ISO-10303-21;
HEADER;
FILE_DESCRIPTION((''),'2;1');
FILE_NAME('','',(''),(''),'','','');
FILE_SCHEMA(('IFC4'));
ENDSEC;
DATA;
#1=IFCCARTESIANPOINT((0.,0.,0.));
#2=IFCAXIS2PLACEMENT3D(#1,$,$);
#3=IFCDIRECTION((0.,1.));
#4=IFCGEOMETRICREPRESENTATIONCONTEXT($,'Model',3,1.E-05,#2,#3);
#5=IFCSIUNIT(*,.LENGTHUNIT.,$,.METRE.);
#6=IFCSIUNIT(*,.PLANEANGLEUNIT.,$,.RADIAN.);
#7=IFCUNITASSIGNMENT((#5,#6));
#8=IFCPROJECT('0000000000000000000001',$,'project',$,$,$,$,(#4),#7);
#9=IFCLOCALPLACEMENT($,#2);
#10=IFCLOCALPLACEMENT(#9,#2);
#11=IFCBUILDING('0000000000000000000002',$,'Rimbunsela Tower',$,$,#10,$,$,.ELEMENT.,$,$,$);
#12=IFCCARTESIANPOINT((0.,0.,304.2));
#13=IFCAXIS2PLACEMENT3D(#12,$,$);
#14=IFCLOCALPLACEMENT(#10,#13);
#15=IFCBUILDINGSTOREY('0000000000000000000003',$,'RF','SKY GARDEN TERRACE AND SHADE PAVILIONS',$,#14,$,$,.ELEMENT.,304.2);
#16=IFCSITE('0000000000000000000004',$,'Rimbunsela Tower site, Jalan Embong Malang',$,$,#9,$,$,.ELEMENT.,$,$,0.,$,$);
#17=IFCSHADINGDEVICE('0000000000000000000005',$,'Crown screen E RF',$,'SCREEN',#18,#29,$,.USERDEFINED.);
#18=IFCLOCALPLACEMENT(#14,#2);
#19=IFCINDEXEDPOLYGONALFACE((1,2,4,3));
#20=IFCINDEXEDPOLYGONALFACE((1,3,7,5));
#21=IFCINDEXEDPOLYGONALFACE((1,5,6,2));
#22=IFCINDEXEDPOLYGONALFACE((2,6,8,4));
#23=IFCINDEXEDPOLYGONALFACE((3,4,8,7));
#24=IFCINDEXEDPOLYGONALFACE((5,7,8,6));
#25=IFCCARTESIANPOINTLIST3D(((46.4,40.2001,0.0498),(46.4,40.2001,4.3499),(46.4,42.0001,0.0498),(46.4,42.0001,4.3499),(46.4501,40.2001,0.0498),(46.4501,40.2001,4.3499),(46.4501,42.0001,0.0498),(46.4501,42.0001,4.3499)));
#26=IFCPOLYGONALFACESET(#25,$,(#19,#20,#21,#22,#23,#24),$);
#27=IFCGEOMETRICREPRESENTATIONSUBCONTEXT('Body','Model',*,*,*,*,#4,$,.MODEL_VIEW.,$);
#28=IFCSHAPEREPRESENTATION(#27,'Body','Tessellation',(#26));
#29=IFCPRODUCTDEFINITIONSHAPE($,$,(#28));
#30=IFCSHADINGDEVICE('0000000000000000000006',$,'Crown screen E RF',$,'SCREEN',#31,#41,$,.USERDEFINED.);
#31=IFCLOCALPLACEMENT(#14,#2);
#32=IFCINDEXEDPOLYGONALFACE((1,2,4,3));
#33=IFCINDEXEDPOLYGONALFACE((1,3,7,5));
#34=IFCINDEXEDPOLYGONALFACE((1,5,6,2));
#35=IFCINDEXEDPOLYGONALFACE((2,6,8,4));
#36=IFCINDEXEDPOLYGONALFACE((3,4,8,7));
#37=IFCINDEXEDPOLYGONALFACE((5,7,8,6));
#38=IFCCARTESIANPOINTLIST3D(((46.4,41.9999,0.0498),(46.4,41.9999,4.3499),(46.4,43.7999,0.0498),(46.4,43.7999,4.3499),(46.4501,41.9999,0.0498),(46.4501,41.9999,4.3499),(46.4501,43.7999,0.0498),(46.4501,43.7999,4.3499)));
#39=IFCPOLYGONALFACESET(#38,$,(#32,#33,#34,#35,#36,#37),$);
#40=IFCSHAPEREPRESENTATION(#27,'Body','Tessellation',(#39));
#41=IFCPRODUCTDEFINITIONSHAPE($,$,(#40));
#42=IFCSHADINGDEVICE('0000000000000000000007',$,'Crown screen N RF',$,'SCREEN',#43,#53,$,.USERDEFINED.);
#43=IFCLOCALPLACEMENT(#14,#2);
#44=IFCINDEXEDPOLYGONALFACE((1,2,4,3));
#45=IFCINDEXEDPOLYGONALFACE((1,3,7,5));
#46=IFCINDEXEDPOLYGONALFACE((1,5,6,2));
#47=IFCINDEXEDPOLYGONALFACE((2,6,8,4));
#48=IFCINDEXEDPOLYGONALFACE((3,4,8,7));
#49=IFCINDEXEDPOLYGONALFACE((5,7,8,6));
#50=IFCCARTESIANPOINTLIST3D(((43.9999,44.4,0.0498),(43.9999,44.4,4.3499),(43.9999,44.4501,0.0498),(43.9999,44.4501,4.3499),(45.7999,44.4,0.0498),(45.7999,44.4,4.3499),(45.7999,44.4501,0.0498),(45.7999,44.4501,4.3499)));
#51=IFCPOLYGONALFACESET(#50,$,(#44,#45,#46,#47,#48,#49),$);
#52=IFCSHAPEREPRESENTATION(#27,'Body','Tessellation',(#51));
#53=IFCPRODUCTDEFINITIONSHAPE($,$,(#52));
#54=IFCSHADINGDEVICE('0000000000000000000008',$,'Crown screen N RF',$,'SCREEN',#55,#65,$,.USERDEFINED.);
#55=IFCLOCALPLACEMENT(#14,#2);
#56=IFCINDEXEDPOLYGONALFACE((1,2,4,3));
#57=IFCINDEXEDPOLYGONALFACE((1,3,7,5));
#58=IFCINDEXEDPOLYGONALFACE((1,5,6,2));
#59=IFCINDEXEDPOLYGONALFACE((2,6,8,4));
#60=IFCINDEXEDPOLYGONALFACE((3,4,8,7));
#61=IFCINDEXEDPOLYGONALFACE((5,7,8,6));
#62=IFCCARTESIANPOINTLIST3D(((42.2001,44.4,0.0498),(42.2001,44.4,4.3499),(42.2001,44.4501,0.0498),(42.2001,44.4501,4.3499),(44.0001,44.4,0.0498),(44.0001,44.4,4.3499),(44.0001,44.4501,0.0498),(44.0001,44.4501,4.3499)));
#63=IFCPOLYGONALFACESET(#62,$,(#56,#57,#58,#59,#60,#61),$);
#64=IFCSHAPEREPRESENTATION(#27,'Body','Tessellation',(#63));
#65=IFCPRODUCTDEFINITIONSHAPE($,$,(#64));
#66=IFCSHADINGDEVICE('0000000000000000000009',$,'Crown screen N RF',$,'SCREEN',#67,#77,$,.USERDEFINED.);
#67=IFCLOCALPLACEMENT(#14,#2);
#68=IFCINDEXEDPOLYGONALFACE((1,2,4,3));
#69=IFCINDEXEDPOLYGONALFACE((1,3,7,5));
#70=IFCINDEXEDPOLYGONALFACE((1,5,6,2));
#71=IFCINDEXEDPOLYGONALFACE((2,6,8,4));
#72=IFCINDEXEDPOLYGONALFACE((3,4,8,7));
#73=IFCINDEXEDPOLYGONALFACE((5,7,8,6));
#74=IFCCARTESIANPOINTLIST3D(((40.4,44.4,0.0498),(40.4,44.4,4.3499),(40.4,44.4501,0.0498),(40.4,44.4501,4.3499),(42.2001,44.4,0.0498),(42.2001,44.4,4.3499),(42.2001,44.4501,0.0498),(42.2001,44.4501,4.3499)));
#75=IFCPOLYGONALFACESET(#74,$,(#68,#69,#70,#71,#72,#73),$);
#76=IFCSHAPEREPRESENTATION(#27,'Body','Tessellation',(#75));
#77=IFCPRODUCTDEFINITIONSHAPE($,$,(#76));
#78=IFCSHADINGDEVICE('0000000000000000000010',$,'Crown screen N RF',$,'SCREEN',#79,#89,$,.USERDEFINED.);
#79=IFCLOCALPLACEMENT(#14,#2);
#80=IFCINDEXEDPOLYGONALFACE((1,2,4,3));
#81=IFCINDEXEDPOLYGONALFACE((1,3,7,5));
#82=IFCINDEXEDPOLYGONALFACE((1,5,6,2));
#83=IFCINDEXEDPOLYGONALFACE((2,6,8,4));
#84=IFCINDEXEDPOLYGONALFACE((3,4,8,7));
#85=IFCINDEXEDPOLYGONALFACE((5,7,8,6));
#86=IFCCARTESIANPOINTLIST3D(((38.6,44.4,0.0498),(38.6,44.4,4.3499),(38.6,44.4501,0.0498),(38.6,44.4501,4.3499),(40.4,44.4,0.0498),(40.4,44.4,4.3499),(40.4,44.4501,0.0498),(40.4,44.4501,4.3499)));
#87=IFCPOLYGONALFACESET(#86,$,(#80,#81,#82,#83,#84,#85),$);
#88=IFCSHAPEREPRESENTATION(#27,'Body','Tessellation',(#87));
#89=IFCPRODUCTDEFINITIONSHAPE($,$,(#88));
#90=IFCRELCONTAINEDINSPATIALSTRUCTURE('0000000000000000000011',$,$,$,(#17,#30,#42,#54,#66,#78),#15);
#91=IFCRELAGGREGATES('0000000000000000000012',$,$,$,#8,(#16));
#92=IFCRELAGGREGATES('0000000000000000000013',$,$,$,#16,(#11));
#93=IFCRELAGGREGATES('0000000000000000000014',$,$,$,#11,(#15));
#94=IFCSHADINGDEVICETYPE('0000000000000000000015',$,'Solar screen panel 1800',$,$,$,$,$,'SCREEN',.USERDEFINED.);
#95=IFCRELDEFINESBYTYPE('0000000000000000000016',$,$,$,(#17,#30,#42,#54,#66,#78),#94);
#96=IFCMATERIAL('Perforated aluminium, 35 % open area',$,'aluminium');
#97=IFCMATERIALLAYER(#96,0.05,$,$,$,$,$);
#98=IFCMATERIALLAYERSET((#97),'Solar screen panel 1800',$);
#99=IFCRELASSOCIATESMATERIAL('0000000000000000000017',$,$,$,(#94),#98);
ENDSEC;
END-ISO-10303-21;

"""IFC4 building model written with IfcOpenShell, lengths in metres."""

from ifc_helpers import new_model, si_unit, direction, frame, origin, origin_2d, place, context, subcontext, project, spatial, rectangle, extrude, material, layer, layer_set, type_object, element, save


model = new_model("IFC4")

# Units and contexts
model_context = context("Model", 3, precision=1e-05, world=origin(), true_north=direction((0.0, 1.0)))
body_context = subcontext(model_context, "Body", "Model", "MODEL_VIEW")
ifc_project = project(units=[si_unit("LENGTHUNIT", "METRE"), si_unit("PLANEANGLEUNIT", "RADIAN")], contexts=[model_context])

# Site, building, storey
site_placement = place(None, origin())
site = spatial("IfcSite", under=ifc_project, at=site_placement, Name="Rimbunsela Tower site, Jalan Embong Malang", CompositionType="ELEMENT", RefElevation=0.0)
building_placement = place(site_placement, origin())
building = spatial("IfcBuilding", under=site, at=building_placement, Name="Rimbunsela Tower", CompositionType="ELEMENT")
storey_placement = place(building_placement, frame((0.0, 0.0, 304.2)))
storey = spatial("IfcBuildingStorey", under=building, at=storey_placement, Name="RF", Description="SKY GARDEN TERRACE AND SHADE PAVILIONS", CompositionType="ELEMENT", Elevation=304.2)

# Shading devices
ifc_material_1 = material(Name="Perforated aluminium, 35 % open area", Category="aluminium")
ifc_layer_1 = layer(ifc_material_1, 0.05)
ifc_layer_set_1 = layer_set([ifc_layer_1], Name="Solar screen panel 1800")
shading_device_type_1 = type_object("IfcShadingDeviceType", Name="Solar screen panel 1800", ElementType="SCREEN", PredefinedType="USERDEFINED", material=ifc_layer_set_1)
for number, where, z_axis, x_axis, name in (
    (1, (46.425, 41.1001, 0.0498), (0.0, 0.0, 1.0), (0.0, 1.0, 0.0), "Crown screen E RF"),
    (2, (46.425, 42.8999, 0.0498), (0.0, 0.0, 1.0), (0.0, 1.0, 0.0), "Crown screen E RF"),
    (3, (44.8999, 44.425, 0.0498), (0.0, 0.0, 1.0), (1.0, 0.0, 0.0), "Crown screen N RF"),
    (4, (43.1001, 44.425, 0.0498), (0.0, 0.0, 1.0), (1.0, 0.0, 0.0), "Crown screen N RF"),
    (5, (41.3, 44.425, 0.0498), (0.0, 0.0, 1.0), (1.0, 0.0, 0.0), "Crown screen N RF"),
    (6, (39.5, 44.425, 0.0498), (0.0, 0.0, 1.0), (1.0, 0.0, 0.0), "Crown screen N RF"),
):
    element("IfcShadingDevice", number, at=place(storey_placement, frame(where, z_axis=z_axis, x_axis=x_axis)), inside=storey, type_object=shading_device_type_1, Name=name, ObjectType="SCREEN", PredefinedType="USERDEFINED", context=body_context, shape_type="SweptSolid", body=[
        extrude(rectangle(XDim=1.8, YDim=0.05, at=origin_2d()), origin(), (0.0, 0.0, 1.0), 4.3),
    ])

save(model, "model.ifc")
